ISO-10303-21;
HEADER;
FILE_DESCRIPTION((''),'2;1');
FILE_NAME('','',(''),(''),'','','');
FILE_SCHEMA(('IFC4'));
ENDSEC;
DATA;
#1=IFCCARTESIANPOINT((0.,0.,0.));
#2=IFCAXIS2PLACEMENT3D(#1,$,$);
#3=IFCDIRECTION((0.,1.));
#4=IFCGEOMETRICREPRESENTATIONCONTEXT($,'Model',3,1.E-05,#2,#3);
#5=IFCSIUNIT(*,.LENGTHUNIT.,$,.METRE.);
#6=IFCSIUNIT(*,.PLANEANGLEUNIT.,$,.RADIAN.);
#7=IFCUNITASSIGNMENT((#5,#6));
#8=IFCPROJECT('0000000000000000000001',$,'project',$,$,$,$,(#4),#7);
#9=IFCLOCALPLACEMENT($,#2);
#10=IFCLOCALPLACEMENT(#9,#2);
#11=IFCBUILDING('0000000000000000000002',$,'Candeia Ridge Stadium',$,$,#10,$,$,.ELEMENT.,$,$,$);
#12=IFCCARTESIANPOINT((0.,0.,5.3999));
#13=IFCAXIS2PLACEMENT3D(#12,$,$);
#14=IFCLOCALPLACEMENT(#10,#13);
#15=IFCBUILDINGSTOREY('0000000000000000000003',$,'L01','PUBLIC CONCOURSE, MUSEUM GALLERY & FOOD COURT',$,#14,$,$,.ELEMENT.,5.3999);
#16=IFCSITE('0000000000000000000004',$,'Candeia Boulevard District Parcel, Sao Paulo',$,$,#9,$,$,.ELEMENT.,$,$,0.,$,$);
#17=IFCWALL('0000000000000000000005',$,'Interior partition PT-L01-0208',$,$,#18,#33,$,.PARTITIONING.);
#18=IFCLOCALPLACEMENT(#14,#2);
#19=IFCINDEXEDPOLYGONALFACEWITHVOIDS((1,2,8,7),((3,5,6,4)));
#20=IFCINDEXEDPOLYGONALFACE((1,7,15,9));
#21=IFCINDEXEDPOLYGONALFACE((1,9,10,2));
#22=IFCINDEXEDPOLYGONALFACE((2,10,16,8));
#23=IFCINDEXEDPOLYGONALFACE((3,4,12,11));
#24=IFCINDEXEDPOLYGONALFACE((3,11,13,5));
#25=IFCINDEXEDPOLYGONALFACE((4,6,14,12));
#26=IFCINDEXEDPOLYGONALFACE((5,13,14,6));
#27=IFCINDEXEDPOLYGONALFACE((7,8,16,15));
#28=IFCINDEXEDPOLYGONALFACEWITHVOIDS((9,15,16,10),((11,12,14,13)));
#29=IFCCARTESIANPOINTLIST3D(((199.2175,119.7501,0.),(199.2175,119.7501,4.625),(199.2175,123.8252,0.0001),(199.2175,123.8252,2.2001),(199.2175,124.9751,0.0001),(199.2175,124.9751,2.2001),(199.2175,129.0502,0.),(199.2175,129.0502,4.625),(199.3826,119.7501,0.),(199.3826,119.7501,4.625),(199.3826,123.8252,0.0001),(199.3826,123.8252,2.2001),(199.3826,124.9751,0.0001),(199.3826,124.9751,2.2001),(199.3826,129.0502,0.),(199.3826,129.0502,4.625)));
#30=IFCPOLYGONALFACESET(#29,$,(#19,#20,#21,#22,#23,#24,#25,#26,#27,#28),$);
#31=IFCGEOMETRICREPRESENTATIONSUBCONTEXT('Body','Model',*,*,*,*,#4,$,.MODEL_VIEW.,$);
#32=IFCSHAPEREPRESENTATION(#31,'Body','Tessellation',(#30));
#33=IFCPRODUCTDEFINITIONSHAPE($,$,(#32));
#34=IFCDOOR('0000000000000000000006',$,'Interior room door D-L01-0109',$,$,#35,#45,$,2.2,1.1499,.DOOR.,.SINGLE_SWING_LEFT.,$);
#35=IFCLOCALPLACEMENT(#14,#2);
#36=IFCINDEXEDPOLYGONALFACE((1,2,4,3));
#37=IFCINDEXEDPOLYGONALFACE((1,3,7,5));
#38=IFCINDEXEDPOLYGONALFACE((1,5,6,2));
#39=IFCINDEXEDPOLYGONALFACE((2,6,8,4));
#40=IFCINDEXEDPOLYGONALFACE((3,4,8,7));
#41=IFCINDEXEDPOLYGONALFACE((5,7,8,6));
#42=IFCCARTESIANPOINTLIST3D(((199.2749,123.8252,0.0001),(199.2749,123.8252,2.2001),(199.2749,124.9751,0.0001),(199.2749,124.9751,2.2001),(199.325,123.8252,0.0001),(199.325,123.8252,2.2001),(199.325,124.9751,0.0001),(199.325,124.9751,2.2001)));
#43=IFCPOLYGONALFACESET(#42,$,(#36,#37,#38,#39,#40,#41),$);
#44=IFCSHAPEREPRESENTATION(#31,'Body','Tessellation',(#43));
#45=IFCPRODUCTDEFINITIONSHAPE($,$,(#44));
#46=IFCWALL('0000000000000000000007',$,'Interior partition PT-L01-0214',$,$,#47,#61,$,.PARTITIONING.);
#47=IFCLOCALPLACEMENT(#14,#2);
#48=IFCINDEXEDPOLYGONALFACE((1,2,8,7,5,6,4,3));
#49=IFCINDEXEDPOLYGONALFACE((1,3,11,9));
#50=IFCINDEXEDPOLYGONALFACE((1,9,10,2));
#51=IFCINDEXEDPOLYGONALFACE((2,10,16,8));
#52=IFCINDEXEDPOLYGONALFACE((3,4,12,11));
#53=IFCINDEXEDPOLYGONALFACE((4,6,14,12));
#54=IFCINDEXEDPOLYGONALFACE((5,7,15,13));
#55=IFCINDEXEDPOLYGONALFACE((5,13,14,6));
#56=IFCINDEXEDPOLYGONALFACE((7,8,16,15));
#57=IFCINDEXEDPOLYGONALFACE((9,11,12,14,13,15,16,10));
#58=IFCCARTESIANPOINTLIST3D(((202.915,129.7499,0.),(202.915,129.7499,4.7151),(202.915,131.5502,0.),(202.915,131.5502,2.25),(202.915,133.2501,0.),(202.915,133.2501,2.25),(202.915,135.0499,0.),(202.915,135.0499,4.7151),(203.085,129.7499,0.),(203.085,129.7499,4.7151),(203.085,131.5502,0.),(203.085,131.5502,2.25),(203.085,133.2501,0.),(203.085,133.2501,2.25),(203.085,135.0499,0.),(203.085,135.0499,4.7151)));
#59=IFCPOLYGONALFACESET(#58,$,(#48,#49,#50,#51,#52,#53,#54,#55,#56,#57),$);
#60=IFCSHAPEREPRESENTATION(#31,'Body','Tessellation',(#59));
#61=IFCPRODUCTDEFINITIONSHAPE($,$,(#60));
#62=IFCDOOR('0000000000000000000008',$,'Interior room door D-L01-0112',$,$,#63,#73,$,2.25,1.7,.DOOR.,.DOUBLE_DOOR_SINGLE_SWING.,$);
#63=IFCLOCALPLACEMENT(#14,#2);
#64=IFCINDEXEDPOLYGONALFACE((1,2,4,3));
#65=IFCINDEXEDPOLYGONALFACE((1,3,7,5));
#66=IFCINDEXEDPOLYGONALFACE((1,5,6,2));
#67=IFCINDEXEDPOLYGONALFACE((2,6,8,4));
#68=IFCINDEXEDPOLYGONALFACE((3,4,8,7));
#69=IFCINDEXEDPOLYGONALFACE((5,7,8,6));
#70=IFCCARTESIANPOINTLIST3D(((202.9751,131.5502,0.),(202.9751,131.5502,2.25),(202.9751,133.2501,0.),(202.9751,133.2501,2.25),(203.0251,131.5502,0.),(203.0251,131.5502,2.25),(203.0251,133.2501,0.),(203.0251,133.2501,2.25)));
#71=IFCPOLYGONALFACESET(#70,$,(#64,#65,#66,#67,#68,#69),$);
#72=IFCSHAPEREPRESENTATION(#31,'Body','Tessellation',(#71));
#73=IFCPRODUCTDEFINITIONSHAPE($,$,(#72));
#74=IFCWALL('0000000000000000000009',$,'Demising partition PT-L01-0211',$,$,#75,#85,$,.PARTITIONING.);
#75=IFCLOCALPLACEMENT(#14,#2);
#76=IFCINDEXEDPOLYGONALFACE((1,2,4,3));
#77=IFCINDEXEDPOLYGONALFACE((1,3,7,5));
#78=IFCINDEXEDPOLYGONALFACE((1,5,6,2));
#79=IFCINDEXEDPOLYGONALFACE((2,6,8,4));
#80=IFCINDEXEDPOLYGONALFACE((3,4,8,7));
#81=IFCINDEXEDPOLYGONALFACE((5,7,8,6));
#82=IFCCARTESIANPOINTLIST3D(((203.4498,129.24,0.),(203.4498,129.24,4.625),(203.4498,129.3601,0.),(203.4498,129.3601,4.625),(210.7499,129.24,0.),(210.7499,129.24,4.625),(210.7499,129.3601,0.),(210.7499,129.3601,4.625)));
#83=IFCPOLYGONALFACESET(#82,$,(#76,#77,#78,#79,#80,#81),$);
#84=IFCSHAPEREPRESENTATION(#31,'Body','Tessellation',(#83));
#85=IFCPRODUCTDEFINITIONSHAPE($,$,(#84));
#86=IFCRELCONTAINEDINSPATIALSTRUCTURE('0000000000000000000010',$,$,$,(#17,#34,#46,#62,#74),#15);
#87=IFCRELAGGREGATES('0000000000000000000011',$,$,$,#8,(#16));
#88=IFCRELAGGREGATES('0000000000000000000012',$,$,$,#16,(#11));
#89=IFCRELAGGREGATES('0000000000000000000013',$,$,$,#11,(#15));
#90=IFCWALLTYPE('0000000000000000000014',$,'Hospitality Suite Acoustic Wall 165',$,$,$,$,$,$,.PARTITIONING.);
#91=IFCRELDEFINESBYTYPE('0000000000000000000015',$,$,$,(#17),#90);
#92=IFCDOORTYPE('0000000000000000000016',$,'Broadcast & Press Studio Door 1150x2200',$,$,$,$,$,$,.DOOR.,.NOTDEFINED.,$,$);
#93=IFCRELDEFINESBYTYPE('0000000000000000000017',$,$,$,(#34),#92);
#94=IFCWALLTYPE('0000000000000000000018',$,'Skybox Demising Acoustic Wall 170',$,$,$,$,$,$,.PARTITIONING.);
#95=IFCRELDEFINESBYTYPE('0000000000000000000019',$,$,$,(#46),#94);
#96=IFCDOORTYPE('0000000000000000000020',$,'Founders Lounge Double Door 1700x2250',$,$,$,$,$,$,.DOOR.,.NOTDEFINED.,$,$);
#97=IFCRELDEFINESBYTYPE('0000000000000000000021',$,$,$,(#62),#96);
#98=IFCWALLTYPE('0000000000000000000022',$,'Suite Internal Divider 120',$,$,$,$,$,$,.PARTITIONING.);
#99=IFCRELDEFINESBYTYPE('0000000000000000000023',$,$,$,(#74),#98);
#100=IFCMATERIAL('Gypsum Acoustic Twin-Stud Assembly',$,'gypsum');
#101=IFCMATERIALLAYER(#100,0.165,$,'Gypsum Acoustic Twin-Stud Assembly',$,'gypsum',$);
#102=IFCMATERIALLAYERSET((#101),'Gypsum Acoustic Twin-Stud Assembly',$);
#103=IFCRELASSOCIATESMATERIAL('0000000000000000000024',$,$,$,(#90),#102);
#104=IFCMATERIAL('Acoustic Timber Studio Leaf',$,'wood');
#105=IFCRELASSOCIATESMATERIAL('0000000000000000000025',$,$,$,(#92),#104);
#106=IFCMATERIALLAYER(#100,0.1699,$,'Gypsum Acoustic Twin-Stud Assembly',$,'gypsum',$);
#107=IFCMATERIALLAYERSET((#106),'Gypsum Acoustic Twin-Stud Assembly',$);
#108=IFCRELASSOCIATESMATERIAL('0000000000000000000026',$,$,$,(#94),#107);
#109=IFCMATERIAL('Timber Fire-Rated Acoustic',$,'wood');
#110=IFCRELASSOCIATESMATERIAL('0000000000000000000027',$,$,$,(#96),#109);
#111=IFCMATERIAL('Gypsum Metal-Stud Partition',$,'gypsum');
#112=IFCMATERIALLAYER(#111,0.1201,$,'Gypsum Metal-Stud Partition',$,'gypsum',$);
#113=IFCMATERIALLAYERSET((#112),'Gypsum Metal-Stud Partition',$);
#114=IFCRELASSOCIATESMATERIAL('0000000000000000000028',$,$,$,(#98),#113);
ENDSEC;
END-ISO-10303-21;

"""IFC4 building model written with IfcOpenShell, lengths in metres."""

from ifc_helpers import new_model, si_unit, direction, frame, frame_2d, origin, place, context, subcontext, project, spatial, rectangle, extrude, material, layer, layer_set, type_object, element, fill, save


model = new_model("IFC4")

# Units and contexts
model_context = context("Model", 3, precision=1e-05, world=origin(), true_north=direction((0.0, 1.0)))
body_context = subcontext(model_context, "Body", "Model", "MODEL_VIEW")
ifc_project = project(units=[si_unit("LENGTHUNIT", "METRE"), si_unit("PLANEANGLEUNIT", "RADIAN")], contexts=[model_context])

# Site, building, storey
site_placement = place(None, origin())
site = spatial("IfcSite", under=ifc_project, at=site_placement, Name="Candeia Boulevard District Parcel, Sao Paulo", CompositionType="ELEMENT", RefElevation=0.0)
building_placement = place(site_placement, origin())
building = spatial("IfcBuilding", under=site, at=building_placement, Name="Candeia Ridge Stadium", CompositionType="ELEMENT")
storey_placement = place(building_placement, frame((0.0, 0.0, 5.3999)))
storey = spatial("IfcBuildingStorey", under=building, at=storey_placement, Name="L01", Description="PUBLIC CONCOURSE, MUSEUM GALLERY & FOOD COURT", CompositionType="ELEMENT", Elevation=5.3999)

# Shared definitions
ifc_material_1 = material(Name="Gypsum Acoustic Twin-Stud Assembly", Category="gypsum")

# Walls, openings, doors
ifc_layer_1 = layer(ifc_material_1, 0.165, Name="Gypsum Acoustic Twin-Stud Assembly", Category="gypsum")
ifc_layer_set_1 = layer_set([ifc_layer_1], Name="Gypsum Acoustic Twin-Stud Assembly")
wall_type_1 = type_object("IfcWallType", Name="Hospitality Suite Acoustic Wall 165", PredefinedType="PARTITIONING", material=ifc_layer_set_1)
wall_1_placement = place(storey_placement, frame((199.3, 129.05, 0.0), z_axis=(0.0, 0.0, 1.0), x_axis=(0.0, -1.0, 0.0)))
wall_1 = element("IfcWall", 1, at=wall_1_placement, inside=storey, type_object=wall_type_1, Name="Interior partition PT-L01-0208", PredefinedType="PARTITIONING", context=body_context, shape_type="SweptSolid", body=[
    extrude(rectangle(XDim=9.3, YDim=0.165, at=frame_2d((4.6499, 0.0))), origin(), (0.0, 0.0, 1.0), 4.625),
])
opening_1_placement = place(wall_1_placement, frame((4.075, 0.0, 0.0)))
opening_1 = element("IfcOpeningElement", 2, at=opening_1_placement, cuts=wall_1, PredefinedType="OPENING", context=body_context, shape_type="SweptSolid", body=[
    extrude(rectangle(XDim=1.1499, YDim=2.2, at=frame_2d((0.575, 1.1001))), frame((0.0, 0.0925, 0.0), z_axis=(0.0, -1.0, 0.0), x_axis=(1.0, 0.0, 0.0)), (0.0, 0.0, 1.0), 0.1851),
])
ifc_material_2 = material(Name="Acoustic Timber Studio Leaf", Category="wood")
door_type_1 = type_object("IfcDoorType", Name="Broadcast & Press Studio Door 1150x2200", OperationType="NOTDEFINED", PredefinedType="DOOR", material=ifc_material_2)
door_1_placement = place(opening_1_placement, origin())
door_1 = element("IfcDoor", 3, at=door_1_placement, inside=storey, type_object=door_type_1, Name="Interior room door D-L01-0109", OperationType="SINGLE_SWING_LEFT", OverallHeight=2.2, OverallWidth=1.1499, PredefinedType="DOOR", context=body_context, shape_type="SweptSolid", body=[
    extrude(rectangle(XDim=1.1499, YDim=2.2, at=frame_2d((0.575, 1.1001))), frame((0.0, 0.0249, 0.0), z_axis=(0.0, -1.0, 0.0), x_axis=(1.0, 0.0, 0.0)), (0.0, 0.0, 1.0), 0.05),
])
fill(opening_1, door_1)
ifc_layer_2 = layer(ifc_material_1, 0.1699, Name="Gypsum Acoustic Twin-Stud Assembly", Category="gypsum")
ifc_layer_set_2 = layer_set([ifc_layer_2], Name="Gypsum Acoustic Twin-Stud Assembly")
wall_type_2 = type_object("IfcWallType", Name="Skybox Demising Acoustic Wall 170", PredefinedType="PARTITIONING", material=ifc_layer_set_2)
wall_2_placement = place(storey_placement, frame((203.0, 129.75, 0.0), z_axis=(0.0, 0.0, 1.0), x_axis=(0.0, 1.0, 0.0)))
wall_2 = element("IfcWall", 4, at=wall_2_placement, inside=storey, type_object=wall_type_2, Name="Interior partition PT-L01-0214", PredefinedType="PARTITIONING", context=body_context, shape_type="SweptSolid", body=[
    extrude(rectangle(XDim=5.3, YDim=0.1699, at=frame_2d((2.6499, 0.0))), origin(), (0.0, 0.0, 1.0), 4.7151),
])
opening_2_placement = place(wall_2_placement, frame((1.8, 0.0, 0.0)))
opening_2 = element("IfcOpeningElement", 5, at=opening_2_placement, cuts=wall_2, PredefinedType="OPENING", context=body_context, shape_type="SweptSolid", body=[
    extrude(rectangle(XDim=1.7, YDim=2.25, at=frame_2d((0.8501, 1.125))), frame((0.0, 0.095, 0.0), z_axis=(0.0, -1.0, 0.0), x_axis=(1.0, 0.0, 0.0)), (0.0, 0.0, 1.0), 0.1899),
])
ifc_material_3 = material(Name="Timber Fire-Rated Acoustic", Category="wood")
door_type_2 = type_object("IfcDoorType", Name="Founders Lounge Double Door 1700x2250", OperationType="NOTDEFINED", PredefinedType="DOOR", material=ifc_material_3)
door_2_placement = place(opening_2_placement, origin())
door_2 = element("IfcDoor", 6, at=door_2_placement, inside=storey, type_object=door_type_2, Name="Interior room door D-L01-0112", OperationType="DOUBLE_DOOR_SINGLE_SWING", OverallHeight=2.25, OverallWidth=1.7, PredefinedType="DOOR", context=body_context, shape_type="SweptSolid", body=[
    extrude(rectangle(XDim=1.7, YDim=2.25, at=frame_2d((0.8501, 1.125))), frame((0.0, 0.0249, 0.0), z_axis=(0.0, -1.0, 0.0), x_axis=(1.0, 0.0, 0.0)), (0.0, 0.0, 1.0), 0.05),
])
fill(opening_2, door_2)

# Wall
ifc_material_4 = material(Name="Gypsum Metal-Stud Partition", Category="gypsum")
ifc_layer_3 = layer(ifc_material_4, 0.1201, Name="Gypsum Metal-Stud Partition", Category="gypsum")
ifc_layer_set_3 = layer_set([ifc_layer_3], Name="Gypsum Metal-Stud Partition")
wall_type_3 = type_object("IfcWallType", Name="Suite Internal Divider 120", PredefinedType="PARTITIONING", material=ifc_layer_set_3)
wall_3_placement = place(storey_placement, frame((203.45, 129.3, 0.0), z_axis=(0.0, 0.0, 1.0), x_axis=(1.0, 0.0, 0.0)))
element("IfcWall", 7, at=wall_3_placement, inside=storey, type_object=wall_type_3, Name="Demising partition PT-L01-0211", PredefinedType="PARTITIONING", context=body_context, shape_type="SweptSolid", body=[
    extrude(rectangle(XDim=7.3, YDim=0.1201, at=frame_2d((3.6499, 0.0))), origin(), (0.0, 0.0, 1.0), 4.625),
])

save(model, "model.ifc")
